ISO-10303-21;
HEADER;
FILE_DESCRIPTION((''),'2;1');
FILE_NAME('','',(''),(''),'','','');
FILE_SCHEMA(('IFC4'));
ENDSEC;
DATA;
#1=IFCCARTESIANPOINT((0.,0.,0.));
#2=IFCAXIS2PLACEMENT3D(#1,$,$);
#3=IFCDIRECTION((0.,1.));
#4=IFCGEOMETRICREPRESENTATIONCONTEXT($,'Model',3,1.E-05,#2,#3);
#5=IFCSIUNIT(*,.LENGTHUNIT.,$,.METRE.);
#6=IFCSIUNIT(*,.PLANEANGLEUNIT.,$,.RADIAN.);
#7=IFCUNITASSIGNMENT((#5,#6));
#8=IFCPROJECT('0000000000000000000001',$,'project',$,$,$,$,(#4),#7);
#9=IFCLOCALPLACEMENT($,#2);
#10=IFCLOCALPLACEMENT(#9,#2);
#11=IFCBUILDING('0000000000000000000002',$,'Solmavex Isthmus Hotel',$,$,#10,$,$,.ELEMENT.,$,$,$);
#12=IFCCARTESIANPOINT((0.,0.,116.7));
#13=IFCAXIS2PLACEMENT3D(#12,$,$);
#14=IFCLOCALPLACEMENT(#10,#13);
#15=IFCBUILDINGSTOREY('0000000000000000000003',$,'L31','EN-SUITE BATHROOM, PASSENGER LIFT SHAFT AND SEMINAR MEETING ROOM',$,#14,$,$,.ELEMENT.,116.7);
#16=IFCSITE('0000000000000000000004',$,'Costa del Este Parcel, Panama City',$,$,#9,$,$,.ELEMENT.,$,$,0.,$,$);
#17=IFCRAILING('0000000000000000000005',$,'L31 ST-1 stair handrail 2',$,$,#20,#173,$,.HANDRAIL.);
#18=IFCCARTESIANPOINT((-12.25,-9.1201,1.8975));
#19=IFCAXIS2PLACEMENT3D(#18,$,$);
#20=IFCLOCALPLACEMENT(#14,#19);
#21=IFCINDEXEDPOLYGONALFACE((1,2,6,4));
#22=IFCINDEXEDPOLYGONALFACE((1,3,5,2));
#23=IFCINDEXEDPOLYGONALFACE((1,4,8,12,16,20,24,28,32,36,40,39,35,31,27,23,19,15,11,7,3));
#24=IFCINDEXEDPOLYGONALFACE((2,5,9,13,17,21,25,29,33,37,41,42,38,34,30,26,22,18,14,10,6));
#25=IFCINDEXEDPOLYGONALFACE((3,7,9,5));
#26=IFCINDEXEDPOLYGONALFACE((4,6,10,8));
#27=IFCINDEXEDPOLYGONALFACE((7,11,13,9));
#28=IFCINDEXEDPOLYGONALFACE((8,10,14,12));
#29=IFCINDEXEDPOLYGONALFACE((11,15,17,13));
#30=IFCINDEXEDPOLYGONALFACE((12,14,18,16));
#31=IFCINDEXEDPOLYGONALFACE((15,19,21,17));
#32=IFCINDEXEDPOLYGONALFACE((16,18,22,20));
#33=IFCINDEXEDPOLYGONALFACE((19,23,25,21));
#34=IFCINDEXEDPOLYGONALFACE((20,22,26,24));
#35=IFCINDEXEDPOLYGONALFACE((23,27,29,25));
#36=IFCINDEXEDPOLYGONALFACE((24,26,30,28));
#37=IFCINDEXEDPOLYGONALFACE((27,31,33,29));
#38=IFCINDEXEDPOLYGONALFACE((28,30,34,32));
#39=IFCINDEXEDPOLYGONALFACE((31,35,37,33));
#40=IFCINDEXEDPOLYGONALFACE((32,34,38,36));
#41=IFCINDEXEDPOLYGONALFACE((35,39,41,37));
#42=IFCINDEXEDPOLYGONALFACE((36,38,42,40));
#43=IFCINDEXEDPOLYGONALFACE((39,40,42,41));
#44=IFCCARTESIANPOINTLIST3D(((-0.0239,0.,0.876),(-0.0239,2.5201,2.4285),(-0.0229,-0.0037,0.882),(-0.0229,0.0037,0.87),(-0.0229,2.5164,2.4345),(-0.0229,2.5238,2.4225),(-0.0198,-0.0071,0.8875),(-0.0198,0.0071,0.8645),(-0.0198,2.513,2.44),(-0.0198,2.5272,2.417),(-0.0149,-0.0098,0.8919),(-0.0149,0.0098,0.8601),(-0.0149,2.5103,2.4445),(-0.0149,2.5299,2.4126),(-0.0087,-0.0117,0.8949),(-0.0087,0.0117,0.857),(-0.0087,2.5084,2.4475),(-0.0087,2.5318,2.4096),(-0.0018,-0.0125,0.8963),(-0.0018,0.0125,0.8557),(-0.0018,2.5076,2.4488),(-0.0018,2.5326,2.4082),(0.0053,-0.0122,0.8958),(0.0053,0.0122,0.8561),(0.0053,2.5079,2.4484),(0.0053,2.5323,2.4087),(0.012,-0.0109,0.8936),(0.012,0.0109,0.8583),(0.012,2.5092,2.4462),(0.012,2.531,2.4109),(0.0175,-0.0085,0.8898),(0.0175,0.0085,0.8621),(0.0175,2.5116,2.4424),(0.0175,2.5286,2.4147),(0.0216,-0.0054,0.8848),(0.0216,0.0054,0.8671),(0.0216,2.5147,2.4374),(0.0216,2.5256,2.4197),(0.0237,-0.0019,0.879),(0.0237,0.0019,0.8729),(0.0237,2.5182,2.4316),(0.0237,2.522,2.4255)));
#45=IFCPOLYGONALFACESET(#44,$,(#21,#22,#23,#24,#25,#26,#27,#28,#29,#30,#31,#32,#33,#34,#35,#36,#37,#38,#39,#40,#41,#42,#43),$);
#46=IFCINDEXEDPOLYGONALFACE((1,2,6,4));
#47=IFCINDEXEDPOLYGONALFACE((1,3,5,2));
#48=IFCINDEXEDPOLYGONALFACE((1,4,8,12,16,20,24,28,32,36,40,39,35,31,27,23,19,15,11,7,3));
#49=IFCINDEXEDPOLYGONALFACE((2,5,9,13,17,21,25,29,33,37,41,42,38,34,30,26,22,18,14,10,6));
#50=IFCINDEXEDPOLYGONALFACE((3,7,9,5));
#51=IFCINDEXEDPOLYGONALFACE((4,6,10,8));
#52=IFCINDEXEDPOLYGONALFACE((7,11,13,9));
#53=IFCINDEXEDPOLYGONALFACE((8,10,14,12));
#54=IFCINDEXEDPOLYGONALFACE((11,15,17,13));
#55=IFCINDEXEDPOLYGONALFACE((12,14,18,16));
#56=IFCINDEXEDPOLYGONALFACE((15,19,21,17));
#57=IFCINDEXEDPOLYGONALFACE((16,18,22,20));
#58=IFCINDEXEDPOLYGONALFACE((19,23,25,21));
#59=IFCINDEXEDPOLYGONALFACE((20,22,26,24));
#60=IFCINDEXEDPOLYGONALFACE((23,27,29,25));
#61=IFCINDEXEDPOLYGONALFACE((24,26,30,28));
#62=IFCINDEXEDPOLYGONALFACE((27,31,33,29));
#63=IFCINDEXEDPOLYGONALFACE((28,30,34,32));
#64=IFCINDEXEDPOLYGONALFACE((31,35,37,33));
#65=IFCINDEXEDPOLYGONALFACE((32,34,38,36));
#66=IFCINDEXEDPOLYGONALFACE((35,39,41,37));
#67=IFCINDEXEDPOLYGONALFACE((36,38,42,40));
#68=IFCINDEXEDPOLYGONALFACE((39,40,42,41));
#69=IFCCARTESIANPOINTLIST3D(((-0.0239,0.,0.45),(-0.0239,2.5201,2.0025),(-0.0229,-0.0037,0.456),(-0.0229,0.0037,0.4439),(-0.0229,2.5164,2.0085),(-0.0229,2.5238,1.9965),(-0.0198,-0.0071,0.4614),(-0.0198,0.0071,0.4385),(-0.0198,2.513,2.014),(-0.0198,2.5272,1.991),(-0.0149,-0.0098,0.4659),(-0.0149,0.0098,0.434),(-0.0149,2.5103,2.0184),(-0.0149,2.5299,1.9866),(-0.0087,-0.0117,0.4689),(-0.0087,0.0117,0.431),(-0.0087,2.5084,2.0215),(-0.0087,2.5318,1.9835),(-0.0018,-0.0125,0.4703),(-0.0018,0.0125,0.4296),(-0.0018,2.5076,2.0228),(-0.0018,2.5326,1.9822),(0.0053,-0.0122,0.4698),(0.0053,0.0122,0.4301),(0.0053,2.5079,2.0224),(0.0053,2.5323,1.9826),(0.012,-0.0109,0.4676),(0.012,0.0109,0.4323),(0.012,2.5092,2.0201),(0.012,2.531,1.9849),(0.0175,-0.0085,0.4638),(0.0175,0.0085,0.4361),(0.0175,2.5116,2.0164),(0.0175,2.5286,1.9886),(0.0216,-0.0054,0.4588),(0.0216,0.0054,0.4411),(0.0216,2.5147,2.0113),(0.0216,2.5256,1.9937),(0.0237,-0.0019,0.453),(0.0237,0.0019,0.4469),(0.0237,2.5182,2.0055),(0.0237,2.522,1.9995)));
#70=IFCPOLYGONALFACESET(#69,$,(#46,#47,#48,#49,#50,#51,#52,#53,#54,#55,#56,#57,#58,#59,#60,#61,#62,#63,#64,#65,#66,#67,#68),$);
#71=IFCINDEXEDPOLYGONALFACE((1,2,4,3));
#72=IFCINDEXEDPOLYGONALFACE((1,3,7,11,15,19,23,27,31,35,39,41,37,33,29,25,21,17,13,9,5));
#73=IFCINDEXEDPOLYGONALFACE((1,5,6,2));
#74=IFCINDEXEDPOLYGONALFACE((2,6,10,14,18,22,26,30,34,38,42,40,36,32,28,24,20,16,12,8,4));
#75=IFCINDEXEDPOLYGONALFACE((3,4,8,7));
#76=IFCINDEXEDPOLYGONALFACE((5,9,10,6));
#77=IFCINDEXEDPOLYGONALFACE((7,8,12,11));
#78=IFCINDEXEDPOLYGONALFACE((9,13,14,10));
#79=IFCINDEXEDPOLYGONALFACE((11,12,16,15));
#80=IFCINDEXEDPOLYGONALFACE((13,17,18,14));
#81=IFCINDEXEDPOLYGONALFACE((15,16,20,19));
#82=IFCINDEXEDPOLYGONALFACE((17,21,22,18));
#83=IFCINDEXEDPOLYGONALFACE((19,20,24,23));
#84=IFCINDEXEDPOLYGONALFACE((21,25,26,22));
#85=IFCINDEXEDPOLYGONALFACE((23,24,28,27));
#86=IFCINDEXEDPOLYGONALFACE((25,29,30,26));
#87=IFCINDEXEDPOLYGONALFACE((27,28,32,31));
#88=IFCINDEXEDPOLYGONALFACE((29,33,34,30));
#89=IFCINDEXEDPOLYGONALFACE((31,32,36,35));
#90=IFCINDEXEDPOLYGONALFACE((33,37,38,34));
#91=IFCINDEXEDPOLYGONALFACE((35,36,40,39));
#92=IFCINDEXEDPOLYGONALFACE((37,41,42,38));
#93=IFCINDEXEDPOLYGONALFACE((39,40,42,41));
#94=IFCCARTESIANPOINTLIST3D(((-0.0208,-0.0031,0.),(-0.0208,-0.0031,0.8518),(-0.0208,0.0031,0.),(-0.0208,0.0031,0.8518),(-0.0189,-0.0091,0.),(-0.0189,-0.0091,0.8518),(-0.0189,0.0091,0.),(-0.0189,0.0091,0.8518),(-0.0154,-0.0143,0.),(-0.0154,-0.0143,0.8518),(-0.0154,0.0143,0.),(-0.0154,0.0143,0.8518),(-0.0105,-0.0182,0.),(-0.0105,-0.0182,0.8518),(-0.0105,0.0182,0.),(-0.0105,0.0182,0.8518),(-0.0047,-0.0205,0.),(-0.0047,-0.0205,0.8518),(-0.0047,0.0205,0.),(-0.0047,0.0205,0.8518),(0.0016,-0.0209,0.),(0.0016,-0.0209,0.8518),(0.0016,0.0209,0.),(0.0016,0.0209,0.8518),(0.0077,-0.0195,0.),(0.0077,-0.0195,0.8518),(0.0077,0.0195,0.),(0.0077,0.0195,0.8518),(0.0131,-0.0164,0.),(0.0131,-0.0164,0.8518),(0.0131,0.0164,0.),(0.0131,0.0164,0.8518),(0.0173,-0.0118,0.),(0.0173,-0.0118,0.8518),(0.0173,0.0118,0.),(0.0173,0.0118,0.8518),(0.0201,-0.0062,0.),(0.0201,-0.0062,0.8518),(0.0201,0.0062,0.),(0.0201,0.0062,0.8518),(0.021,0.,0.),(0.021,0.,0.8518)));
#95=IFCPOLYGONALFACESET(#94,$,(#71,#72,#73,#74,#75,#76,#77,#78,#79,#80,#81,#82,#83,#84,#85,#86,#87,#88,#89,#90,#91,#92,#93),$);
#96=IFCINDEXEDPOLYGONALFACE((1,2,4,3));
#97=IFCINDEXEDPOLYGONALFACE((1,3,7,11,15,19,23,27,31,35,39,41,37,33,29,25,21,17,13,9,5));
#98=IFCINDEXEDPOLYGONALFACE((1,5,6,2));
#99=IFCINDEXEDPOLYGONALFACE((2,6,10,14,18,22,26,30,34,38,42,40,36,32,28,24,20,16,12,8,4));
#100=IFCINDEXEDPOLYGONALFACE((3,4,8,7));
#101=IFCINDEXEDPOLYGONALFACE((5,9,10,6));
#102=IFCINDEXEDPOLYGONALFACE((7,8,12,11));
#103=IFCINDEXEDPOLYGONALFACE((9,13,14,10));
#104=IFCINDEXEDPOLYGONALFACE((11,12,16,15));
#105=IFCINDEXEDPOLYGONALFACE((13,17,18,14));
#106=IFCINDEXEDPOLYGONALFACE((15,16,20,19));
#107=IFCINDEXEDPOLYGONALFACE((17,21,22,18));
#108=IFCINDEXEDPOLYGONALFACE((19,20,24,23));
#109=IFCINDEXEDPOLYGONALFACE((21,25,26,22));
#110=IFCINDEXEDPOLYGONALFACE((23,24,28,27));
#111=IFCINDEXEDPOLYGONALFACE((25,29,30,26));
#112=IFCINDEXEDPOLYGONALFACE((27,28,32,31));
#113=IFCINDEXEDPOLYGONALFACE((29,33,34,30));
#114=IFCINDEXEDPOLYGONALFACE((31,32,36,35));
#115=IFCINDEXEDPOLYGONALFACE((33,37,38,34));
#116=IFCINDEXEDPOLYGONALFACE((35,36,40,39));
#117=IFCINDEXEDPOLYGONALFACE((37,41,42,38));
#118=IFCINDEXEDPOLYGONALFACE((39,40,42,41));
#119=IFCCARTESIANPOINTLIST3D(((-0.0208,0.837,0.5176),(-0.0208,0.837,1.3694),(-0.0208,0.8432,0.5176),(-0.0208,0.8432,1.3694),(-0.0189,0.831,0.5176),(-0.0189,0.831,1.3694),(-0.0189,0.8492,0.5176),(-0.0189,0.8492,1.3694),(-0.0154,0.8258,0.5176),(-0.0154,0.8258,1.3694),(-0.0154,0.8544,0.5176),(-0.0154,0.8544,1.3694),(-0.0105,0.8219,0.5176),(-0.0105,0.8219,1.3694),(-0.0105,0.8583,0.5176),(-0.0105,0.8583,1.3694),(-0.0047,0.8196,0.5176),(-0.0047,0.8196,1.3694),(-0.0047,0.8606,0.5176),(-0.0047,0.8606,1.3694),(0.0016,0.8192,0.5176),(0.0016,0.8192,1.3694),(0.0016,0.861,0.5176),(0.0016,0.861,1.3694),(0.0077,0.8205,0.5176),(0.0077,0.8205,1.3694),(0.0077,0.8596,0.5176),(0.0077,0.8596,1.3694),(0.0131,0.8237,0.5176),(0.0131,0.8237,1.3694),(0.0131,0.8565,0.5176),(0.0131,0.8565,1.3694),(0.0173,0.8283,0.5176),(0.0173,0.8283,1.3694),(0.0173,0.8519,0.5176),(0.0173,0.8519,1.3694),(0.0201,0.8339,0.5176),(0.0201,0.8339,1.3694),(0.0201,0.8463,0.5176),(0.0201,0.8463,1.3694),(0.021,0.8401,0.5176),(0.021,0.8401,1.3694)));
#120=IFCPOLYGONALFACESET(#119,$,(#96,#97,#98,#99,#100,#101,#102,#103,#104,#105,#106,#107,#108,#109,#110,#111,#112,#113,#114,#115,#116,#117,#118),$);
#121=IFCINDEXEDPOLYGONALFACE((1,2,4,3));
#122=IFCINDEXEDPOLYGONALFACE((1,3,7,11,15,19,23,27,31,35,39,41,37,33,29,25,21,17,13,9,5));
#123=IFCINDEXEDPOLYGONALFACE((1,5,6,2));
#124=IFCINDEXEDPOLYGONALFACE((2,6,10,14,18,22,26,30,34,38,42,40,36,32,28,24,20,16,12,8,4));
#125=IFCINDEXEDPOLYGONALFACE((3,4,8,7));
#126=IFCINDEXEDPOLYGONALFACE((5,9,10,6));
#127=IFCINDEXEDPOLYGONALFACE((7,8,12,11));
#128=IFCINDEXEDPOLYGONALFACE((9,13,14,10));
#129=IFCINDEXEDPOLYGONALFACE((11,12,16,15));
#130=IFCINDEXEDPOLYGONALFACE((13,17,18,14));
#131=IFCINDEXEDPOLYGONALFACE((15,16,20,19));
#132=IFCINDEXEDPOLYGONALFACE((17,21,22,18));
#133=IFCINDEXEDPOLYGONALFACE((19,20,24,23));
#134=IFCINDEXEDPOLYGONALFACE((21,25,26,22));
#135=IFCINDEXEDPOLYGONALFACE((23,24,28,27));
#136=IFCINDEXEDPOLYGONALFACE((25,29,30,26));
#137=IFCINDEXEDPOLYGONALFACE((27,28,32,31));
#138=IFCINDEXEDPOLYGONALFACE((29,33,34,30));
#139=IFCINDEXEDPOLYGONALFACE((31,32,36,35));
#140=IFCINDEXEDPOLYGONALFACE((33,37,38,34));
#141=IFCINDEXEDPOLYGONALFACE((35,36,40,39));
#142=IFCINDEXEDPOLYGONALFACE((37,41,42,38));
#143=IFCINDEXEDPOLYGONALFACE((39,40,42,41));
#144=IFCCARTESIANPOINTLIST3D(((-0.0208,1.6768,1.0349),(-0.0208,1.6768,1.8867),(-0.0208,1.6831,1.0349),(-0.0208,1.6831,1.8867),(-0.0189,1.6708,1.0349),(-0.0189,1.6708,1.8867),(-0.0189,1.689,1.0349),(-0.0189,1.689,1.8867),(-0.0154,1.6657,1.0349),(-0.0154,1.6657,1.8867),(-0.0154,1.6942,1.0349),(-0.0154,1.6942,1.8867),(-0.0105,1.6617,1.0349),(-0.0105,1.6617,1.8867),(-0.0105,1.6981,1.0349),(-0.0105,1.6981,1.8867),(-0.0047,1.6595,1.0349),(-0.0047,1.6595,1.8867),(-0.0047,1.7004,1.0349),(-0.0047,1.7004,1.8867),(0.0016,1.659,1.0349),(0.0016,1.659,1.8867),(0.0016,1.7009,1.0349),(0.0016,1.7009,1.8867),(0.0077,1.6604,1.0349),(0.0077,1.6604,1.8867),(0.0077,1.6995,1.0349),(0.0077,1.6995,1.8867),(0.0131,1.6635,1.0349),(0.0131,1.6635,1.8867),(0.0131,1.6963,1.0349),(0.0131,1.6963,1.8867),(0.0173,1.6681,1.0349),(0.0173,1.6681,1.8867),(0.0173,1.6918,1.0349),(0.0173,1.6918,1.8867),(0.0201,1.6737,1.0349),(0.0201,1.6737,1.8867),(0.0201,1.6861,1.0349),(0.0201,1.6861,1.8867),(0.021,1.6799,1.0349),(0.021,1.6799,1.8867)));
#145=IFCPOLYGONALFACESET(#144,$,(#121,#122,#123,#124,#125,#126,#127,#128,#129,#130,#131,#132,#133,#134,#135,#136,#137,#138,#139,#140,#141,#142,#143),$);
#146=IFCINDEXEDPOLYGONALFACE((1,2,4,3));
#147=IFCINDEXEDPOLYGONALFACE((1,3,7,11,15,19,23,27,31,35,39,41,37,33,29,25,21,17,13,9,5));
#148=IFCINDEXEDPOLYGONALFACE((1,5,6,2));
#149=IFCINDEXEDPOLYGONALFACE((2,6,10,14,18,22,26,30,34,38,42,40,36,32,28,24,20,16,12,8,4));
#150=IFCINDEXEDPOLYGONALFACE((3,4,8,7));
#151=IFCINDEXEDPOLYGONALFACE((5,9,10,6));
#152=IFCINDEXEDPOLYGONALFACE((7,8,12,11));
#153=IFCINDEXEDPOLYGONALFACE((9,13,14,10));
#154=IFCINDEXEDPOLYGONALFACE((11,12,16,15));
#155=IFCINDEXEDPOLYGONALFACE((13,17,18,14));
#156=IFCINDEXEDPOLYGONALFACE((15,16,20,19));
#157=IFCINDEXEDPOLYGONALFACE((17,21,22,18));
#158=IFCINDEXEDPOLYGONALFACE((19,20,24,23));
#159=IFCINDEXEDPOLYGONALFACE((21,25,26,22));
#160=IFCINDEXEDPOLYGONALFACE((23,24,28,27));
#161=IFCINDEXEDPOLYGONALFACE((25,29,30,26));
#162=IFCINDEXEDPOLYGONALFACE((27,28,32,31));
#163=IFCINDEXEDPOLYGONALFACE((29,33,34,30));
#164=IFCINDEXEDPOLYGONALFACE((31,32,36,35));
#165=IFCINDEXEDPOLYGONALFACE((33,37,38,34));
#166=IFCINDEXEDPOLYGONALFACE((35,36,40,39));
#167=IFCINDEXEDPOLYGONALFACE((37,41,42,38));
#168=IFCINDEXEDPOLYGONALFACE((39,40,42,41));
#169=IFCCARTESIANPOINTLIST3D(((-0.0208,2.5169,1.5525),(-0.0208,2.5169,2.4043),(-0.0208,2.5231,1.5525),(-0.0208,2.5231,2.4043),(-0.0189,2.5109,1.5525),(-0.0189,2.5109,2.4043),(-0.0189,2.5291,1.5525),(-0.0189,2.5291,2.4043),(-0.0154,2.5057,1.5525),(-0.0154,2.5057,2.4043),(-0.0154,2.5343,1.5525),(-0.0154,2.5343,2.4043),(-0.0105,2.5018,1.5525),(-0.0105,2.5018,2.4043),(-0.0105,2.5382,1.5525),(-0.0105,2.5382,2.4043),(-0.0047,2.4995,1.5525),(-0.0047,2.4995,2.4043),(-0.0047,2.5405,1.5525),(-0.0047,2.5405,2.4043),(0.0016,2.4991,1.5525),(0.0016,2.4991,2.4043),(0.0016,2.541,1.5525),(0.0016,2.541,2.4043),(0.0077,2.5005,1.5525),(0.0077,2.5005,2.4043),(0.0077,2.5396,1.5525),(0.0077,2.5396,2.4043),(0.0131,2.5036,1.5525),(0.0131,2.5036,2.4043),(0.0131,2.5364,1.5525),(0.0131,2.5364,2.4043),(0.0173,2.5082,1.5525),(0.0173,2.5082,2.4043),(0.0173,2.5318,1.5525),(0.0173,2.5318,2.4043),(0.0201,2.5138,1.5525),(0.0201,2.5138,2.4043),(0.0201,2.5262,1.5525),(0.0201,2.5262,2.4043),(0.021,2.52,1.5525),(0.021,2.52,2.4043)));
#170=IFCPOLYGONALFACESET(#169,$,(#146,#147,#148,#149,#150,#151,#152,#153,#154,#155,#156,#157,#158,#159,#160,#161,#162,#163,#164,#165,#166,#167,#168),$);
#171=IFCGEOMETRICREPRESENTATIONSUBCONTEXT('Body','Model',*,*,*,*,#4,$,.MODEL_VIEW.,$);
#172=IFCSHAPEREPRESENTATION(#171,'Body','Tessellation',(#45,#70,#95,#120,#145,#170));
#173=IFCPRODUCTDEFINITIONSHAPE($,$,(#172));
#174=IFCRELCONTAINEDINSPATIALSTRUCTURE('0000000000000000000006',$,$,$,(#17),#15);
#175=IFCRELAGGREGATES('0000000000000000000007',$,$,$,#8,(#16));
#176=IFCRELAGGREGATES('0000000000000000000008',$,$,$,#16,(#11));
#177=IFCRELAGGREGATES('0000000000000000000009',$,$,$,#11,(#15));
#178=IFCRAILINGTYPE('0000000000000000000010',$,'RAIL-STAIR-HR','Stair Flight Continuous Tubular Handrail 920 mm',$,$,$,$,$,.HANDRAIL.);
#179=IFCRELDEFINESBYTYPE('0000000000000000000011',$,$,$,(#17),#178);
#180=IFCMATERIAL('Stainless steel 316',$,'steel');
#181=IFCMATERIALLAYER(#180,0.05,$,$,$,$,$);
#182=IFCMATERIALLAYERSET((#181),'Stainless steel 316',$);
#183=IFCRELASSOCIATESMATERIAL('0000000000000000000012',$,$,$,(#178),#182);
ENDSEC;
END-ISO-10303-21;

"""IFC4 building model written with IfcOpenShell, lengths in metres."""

from ifc_helpers import new_model, si_unit, direction, frame, origin, origin_2d, place, context, subcontext, project, spatial, circle, extrude, material, layer, layer_set, type_object, element, save


model = new_model("IFC4")

# Units and contexts
model_context = context("Model", 3, precision=1e-05, world=origin(), true_north=direction((0.0, 1.0)))
body_context = subcontext(model_context, "Body", "Model", "MODEL_VIEW")
ifc_project = project(units=[si_unit("LENGTHUNIT", "METRE"), si_unit("PLANEANGLEUNIT", "RADIAN")], contexts=[model_context])

# Site, building, storey
site_placement = place(None, origin())
site = spatial("IfcSite", under=ifc_project, at=site_placement, Name="Costa del Este Parcel, Panama City", CompositionType="ELEMENT", RefElevation=0.0)
building_placement = place(site_placement, origin())
building = spatial("IfcBuilding", under=site, at=building_placement, Name="Solmavex Isthmus Hotel", CompositionType="ELEMENT")
storey_placement = place(building_placement, frame((0.0, 0.0, 116.7)))
storey = spatial("IfcBuildingStorey", under=building, at=storey_placement, Name="L31", Description="EN-SUITE BATHROOM, PASSENGER LIFT SHAFT AND SEMINAR MEETING ROOM", CompositionType="ELEMENT", Elevation=116.7)

# Shared definitions
ifc_material_1 = material(Name="Stainless steel 316", Category="steel")

# Railing
ifc_layer_1 = layer(ifc_material_1, 0.05)
ifc_layer_set_1 = layer_set([ifc_layer_1], Name="Stainless steel 316")
railing_type = type_object("IfcRailingType", Name="RAIL-STAIR-HR", Description="Stair Flight Continuous Tubular Handrail 920 mm", PredefinedType="HANDRAIL", material=ifc_layer_set_1)
railing_placement = place(storey_placement, frame((-12.25, -9.1201, 1.8975)))
element("IfcRailing", 1, at=railing_placement, inside=storey, type_object=railing_type, Name="L31 ST-1 stair handrail 2", PredefinedType="HANDRAIL", context=body_context, shape_type="SweptSolid", body=[
    extrude(circle(Radius=0.0239, at=origin_2d()), frame((0.0, 0.0, 0.876), z_axis=(0.0, 0.8514, 0.524516), x_axis=(-1.0, 0.0, 0.0)), (0.0, 0.0, 1.0), 2.96),
    extrude(circle(Radius=0.0239, at=origin_2d()), frame((0.0, 0.0, 0.45), z_axis=(0.0, 0.8514, 0.524516), x_axis=(-1.0, 0.0, 0.0)), (0.0, 0.0, 1.0), 2.96),
    extrude(circle(Radius=0.021, at=origin_2d()), origin(), (0.0, 0.0, 1.0), 0.8518),
    extrude(circle(Radius=0.021, at=origin_2d()), frame((0.0, 0.8401, 0.5176)), (0.0, 0.0, 1.0), 0.8518),
    extrude(circle(Radius=0.021, at=origin_2d()), frame((0.0, 1.6799, 1.0349)), (0.0, 0.0, 1.0), 0.8518),
    extrude(circle(Radius=0.021, at=origin_2d()), frame((0.0, 2.52, 1.5525)), (0.0, 0.0, 1.0), 0.8518),
])

save(model, "model.ifc")
